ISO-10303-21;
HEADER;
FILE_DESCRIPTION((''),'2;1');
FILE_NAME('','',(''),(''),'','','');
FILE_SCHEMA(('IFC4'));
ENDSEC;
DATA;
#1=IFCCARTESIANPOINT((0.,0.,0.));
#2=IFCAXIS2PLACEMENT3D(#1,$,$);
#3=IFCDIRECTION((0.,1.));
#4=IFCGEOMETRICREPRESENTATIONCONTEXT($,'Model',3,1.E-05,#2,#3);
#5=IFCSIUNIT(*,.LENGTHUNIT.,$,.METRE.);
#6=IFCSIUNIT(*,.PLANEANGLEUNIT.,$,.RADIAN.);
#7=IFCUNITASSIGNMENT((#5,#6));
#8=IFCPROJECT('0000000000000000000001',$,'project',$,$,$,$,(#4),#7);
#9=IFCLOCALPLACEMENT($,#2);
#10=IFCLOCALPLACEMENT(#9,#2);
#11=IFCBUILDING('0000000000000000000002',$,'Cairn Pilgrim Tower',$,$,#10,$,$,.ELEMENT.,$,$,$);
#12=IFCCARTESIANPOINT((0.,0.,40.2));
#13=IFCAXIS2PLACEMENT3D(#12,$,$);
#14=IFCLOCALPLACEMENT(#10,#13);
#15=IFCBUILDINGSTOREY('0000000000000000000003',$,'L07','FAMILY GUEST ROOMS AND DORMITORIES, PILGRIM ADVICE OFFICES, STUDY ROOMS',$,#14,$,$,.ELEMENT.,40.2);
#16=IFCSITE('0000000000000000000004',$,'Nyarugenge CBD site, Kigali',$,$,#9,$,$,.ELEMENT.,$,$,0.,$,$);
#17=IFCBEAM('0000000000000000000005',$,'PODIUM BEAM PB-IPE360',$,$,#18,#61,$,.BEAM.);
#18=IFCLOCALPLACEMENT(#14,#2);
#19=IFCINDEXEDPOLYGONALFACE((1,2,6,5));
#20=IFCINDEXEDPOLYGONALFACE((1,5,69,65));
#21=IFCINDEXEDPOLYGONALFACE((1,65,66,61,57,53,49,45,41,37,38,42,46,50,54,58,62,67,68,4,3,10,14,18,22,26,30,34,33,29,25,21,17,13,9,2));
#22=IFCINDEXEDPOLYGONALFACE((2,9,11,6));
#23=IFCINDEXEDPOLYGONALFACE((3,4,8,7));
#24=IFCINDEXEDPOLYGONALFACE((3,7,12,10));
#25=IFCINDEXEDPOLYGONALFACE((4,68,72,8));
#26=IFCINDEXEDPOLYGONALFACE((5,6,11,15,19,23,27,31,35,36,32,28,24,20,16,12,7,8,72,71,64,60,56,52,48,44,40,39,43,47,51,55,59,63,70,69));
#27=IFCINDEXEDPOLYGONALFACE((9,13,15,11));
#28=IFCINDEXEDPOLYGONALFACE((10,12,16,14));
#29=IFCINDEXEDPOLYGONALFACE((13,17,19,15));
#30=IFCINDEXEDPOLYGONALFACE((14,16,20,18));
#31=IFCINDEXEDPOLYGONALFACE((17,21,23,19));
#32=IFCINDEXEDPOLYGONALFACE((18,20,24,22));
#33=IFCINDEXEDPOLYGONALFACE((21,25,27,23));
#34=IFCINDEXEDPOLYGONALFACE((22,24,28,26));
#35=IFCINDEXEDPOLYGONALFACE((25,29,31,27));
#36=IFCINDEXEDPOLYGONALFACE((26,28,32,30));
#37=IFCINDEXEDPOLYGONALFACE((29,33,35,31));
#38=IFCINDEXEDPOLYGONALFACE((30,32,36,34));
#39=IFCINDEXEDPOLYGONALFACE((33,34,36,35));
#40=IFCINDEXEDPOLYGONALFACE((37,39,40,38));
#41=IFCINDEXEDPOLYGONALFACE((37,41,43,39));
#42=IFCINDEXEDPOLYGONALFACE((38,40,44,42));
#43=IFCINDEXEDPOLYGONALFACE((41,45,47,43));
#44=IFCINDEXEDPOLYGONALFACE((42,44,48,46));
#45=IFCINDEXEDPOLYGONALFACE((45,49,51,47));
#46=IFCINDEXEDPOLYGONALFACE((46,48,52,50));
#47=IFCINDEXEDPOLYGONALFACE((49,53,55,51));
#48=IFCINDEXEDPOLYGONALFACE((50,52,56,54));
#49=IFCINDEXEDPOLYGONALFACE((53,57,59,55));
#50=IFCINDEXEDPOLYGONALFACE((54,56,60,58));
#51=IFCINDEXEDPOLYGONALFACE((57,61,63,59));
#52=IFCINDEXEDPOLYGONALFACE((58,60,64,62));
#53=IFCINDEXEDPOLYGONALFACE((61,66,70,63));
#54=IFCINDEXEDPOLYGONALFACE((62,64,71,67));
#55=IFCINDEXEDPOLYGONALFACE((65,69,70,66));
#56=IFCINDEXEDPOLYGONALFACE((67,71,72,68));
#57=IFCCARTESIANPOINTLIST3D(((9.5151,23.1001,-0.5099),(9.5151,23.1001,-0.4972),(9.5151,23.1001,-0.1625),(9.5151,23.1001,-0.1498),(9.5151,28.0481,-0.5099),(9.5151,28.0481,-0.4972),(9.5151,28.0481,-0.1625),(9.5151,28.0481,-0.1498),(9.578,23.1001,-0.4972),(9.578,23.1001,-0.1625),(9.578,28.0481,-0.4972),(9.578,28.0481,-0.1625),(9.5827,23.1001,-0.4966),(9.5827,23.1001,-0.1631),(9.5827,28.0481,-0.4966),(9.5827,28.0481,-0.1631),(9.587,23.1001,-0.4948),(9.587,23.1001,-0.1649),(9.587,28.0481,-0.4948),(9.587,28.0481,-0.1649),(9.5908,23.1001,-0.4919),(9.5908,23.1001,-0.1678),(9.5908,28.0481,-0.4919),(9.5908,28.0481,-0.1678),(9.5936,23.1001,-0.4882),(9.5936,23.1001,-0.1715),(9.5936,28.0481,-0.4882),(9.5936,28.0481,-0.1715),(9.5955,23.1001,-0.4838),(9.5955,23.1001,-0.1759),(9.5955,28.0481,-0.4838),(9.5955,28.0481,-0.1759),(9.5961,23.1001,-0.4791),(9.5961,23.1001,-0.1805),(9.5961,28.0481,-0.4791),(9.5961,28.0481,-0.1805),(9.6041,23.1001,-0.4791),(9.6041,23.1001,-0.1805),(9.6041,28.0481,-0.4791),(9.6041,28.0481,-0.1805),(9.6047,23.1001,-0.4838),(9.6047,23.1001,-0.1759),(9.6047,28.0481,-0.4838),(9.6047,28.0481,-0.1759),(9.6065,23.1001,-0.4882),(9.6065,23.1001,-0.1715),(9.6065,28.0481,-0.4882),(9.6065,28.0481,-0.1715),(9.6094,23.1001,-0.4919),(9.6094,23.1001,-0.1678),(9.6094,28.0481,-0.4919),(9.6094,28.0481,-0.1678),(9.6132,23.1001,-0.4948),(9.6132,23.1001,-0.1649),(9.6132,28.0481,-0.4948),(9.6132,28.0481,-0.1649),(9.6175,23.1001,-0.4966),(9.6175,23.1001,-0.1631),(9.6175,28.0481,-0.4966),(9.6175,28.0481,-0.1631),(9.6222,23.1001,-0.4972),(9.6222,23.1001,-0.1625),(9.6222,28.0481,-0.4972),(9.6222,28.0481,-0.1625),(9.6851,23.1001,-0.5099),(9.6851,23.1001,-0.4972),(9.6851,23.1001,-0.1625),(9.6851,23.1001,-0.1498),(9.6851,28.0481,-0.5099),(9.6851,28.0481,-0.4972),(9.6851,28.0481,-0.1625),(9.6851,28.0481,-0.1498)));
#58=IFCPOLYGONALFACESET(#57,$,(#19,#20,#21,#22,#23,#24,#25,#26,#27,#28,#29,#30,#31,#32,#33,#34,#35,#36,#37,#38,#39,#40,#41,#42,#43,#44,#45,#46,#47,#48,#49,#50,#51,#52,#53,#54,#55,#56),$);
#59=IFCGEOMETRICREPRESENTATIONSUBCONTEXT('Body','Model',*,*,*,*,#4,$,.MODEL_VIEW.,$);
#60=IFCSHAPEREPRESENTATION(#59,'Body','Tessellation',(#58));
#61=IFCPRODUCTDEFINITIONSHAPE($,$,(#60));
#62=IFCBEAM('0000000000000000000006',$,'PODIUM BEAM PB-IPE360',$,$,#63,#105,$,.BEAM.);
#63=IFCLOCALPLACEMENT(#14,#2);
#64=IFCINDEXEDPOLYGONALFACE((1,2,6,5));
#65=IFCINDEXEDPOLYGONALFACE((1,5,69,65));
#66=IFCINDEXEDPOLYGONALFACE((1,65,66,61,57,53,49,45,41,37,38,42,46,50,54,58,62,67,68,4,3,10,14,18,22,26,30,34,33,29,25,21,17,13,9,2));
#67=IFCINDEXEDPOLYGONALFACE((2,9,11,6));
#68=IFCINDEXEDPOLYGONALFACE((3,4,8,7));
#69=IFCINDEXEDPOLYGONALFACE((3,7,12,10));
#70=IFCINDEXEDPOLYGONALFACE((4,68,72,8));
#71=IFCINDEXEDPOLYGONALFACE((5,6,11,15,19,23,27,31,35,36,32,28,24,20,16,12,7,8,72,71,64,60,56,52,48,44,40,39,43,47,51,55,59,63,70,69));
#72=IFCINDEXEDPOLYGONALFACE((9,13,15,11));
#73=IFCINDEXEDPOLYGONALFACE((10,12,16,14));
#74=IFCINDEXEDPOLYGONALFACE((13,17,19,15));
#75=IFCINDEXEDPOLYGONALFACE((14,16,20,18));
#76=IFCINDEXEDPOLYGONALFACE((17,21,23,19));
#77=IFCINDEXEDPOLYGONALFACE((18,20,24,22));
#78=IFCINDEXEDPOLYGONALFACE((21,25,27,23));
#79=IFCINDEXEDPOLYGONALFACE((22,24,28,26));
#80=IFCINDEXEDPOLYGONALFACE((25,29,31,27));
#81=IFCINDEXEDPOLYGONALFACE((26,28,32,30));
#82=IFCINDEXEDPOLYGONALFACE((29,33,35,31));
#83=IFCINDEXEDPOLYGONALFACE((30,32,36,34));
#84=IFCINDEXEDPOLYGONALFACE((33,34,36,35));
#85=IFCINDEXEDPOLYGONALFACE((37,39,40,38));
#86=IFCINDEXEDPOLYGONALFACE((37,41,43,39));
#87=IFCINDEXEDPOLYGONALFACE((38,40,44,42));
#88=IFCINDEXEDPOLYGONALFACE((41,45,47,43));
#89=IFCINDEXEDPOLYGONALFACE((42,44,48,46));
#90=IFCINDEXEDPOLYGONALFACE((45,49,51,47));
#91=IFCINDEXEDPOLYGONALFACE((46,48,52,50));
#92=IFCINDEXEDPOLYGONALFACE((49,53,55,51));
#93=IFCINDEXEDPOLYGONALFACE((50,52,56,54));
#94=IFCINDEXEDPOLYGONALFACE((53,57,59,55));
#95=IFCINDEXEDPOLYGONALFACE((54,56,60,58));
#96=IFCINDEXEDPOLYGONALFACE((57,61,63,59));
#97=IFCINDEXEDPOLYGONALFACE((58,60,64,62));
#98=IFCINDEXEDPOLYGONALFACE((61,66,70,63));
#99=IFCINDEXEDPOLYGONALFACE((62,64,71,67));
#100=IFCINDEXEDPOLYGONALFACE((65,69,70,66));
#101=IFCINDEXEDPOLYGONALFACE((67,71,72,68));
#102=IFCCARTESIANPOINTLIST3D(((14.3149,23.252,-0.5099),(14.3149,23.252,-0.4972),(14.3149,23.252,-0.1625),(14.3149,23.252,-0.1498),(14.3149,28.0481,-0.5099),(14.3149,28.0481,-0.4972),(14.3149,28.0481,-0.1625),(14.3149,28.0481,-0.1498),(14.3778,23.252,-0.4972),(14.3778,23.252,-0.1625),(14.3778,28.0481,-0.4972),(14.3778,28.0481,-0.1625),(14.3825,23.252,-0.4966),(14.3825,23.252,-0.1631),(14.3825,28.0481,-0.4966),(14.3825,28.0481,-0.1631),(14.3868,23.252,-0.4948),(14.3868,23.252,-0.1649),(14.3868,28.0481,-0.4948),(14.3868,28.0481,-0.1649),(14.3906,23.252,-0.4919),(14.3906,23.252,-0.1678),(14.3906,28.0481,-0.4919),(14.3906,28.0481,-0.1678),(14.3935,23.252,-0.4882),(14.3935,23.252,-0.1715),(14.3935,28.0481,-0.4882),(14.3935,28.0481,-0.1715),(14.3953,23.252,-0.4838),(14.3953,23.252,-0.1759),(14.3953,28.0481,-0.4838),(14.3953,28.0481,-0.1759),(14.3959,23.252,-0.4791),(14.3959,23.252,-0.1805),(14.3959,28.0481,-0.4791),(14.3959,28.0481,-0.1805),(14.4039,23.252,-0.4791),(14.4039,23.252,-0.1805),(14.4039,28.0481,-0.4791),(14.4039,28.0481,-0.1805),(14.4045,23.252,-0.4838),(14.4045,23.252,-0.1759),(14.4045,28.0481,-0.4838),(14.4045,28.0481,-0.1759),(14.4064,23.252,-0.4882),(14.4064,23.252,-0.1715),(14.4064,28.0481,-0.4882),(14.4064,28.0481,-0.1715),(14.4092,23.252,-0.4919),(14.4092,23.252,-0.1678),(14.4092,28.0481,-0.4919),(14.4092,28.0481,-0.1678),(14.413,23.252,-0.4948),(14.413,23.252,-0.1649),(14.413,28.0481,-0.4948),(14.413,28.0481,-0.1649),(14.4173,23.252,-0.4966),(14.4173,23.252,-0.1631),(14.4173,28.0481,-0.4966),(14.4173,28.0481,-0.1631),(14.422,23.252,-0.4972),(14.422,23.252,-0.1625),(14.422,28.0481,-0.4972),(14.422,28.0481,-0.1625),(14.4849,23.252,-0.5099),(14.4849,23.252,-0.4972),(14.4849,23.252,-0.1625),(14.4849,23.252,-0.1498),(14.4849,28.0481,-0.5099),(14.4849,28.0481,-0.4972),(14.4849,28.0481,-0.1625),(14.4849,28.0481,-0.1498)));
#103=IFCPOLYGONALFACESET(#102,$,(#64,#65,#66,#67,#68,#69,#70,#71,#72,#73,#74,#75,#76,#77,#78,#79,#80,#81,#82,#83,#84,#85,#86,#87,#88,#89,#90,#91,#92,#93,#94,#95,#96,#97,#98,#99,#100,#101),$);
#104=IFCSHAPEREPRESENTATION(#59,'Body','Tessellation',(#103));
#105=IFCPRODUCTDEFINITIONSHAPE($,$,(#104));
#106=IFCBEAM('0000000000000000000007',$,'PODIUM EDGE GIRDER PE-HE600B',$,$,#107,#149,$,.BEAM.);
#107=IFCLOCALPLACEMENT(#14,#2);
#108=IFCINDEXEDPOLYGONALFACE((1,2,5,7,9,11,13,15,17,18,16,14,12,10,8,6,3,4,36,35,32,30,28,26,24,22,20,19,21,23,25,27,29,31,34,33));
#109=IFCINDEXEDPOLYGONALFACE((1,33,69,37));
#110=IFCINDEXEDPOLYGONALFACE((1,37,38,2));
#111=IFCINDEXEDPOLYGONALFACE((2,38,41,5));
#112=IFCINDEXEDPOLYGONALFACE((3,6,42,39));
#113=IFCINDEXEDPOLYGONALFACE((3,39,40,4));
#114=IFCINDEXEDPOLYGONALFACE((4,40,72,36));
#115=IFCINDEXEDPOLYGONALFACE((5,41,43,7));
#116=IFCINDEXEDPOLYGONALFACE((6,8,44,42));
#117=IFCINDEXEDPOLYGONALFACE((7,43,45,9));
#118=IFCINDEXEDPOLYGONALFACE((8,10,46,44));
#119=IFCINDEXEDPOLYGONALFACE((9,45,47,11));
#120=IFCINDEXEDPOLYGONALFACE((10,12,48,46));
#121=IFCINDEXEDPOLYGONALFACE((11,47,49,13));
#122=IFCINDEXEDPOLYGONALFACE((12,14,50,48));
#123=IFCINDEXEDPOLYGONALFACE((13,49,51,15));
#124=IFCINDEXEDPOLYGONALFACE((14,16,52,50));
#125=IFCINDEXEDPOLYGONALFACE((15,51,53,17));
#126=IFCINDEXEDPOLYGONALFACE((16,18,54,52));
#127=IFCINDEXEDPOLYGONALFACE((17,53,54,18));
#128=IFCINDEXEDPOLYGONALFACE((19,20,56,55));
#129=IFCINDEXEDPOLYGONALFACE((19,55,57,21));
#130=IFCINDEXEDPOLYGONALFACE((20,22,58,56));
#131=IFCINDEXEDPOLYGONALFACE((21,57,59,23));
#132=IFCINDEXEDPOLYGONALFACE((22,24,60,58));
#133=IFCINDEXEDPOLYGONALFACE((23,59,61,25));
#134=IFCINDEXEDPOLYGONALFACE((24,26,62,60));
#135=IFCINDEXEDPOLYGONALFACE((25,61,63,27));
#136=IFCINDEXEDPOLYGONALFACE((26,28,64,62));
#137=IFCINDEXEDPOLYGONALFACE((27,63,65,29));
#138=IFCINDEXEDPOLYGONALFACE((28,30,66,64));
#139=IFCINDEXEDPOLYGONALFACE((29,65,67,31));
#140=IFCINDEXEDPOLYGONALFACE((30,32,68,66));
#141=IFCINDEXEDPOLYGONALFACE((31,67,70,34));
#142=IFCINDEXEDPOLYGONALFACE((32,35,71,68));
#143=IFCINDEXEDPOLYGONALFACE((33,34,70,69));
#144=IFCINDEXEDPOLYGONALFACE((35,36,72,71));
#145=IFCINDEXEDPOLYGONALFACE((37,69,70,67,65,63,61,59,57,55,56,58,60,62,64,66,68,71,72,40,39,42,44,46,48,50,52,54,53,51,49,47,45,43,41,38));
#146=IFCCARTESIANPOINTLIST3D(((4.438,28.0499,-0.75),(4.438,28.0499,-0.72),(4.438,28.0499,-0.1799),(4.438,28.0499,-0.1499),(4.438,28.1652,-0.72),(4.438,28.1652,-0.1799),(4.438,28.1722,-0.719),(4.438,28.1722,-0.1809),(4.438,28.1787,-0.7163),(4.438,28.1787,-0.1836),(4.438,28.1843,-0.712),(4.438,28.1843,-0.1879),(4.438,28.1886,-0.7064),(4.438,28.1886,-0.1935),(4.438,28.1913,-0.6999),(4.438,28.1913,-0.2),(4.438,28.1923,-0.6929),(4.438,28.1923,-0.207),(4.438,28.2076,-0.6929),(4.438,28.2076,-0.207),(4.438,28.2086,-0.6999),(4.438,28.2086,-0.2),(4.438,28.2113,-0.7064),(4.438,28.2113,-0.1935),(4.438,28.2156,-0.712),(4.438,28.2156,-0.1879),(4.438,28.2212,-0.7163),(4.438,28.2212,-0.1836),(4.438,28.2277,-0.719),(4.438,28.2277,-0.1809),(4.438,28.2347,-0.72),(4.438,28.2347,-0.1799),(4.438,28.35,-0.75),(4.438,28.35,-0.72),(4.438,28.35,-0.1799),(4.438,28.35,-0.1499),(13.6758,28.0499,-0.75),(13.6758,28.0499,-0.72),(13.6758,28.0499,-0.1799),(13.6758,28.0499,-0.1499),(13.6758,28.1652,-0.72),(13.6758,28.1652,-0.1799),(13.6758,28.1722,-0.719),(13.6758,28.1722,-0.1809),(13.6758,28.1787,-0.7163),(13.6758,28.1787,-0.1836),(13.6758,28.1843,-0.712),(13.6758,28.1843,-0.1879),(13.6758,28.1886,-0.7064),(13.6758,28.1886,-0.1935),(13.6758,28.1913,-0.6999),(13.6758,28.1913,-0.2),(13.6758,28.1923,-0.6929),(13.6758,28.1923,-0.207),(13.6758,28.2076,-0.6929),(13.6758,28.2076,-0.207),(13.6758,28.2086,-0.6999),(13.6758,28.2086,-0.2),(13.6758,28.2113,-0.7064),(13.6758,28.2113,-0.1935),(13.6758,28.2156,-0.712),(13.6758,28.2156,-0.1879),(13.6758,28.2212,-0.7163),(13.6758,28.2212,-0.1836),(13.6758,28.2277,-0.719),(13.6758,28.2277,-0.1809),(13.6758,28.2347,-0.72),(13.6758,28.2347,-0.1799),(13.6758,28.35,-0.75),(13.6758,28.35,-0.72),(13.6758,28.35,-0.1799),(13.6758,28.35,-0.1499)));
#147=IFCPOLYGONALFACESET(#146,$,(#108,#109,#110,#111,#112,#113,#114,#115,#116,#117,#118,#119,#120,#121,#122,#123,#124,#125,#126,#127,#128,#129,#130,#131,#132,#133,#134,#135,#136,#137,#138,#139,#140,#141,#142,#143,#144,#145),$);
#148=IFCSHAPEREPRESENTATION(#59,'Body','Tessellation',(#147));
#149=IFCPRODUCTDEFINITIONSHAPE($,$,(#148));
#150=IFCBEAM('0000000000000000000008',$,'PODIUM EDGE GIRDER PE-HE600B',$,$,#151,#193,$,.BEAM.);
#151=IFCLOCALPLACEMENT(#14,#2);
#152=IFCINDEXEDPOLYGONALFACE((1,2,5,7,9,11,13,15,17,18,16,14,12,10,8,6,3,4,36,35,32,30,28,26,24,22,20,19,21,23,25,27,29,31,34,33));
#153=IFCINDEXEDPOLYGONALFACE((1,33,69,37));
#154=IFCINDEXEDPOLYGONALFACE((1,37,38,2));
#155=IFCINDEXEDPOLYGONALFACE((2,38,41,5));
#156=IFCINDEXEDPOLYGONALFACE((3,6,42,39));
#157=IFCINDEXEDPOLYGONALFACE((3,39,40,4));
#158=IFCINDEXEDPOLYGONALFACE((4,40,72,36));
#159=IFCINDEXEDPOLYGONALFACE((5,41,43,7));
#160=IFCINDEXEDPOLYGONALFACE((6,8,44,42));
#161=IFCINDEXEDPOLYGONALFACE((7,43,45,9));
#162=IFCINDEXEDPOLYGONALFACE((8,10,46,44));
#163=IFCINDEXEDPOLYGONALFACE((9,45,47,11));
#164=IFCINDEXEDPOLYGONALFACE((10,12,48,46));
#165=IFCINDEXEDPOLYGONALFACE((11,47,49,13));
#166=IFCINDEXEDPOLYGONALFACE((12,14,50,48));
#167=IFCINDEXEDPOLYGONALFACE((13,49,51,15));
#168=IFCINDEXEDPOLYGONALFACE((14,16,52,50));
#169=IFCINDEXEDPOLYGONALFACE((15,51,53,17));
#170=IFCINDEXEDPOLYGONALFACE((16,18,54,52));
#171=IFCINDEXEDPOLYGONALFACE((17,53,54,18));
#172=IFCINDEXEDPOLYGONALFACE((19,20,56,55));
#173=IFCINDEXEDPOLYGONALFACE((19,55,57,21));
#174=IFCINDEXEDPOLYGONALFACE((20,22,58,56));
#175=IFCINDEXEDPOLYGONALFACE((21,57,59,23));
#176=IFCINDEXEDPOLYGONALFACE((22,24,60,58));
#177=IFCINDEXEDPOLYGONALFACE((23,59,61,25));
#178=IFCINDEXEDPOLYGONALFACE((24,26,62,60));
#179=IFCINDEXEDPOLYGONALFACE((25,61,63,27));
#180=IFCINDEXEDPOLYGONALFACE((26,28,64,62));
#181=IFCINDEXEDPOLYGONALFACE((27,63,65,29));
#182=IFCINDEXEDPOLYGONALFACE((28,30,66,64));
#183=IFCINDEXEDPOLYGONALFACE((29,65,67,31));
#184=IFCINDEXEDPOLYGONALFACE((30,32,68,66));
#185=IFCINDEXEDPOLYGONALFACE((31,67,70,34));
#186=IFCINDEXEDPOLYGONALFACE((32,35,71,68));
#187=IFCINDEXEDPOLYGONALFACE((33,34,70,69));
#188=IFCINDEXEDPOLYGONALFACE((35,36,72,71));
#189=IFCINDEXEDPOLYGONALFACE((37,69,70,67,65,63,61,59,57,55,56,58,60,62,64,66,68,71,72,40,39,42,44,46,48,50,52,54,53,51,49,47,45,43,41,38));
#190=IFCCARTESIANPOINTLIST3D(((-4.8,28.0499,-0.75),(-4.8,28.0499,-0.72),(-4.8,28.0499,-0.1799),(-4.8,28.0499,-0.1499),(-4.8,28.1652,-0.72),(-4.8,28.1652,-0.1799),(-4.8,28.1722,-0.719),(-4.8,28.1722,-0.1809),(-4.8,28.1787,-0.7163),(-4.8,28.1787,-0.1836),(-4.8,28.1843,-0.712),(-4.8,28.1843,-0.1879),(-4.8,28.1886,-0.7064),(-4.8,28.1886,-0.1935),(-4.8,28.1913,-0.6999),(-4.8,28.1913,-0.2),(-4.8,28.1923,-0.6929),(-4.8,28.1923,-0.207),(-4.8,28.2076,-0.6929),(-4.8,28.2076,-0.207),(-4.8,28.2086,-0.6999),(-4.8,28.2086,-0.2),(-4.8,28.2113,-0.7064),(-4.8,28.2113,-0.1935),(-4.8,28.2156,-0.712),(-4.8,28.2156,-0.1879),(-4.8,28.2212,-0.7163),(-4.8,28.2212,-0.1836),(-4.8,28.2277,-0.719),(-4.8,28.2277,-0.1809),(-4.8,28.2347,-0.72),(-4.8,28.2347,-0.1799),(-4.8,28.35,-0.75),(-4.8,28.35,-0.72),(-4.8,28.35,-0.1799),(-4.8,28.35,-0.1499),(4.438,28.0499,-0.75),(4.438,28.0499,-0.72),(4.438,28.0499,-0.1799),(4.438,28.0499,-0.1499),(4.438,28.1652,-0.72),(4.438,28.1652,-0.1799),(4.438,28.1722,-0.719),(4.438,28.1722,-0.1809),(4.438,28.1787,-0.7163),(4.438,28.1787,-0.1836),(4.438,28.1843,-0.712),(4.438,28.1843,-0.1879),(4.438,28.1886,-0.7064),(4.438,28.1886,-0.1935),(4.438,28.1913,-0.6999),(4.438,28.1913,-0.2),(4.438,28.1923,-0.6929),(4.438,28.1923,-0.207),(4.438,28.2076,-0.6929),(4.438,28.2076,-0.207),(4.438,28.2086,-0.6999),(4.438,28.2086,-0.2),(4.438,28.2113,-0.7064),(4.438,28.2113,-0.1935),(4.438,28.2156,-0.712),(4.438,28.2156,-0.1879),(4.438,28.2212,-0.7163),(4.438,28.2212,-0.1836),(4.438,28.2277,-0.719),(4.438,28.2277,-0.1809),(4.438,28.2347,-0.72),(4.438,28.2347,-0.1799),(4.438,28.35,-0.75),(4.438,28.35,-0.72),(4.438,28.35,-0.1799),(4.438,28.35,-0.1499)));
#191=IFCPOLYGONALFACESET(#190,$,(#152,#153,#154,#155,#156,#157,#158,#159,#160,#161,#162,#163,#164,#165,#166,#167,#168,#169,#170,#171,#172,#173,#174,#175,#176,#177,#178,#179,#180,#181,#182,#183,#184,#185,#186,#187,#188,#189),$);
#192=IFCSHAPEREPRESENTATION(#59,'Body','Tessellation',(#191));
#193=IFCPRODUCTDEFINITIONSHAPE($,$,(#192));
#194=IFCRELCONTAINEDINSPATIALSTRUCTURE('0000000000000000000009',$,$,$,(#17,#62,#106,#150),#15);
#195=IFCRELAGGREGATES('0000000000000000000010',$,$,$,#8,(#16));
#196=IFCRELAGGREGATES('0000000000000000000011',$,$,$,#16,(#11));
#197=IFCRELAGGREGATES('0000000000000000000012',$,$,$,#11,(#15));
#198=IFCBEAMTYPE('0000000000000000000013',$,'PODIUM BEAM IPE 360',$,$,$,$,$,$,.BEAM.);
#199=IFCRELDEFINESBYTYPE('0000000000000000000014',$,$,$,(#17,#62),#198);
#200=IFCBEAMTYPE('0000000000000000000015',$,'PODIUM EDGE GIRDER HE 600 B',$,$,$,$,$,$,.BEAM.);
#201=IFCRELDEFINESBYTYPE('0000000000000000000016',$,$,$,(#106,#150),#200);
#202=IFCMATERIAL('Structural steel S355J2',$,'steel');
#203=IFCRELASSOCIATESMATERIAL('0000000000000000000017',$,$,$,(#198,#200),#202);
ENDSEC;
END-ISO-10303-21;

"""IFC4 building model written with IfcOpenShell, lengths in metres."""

from ifc_helpers import new_model, si_unit, direction, frame, origin, origin_2d, place, context, subcontext, project, spatial, i_section, extrude, material, material_profile, profile_set, type_object, element, save


model = new_model("IFC4")

# Units and contexts
model_context = context("Model", 3, precision=1e-05, world=origin(), true_north=direction((0.0, 1.0)))
body_context = subcontext(model_context, "Body", "Model", "MODEL_VIEW")
ifc_project = project(units=[si_unit("LENGTHUNIT", "METRE"), si_unit("PLANEANGLEUNIT", "RADIAN")], contexts=[model_context])

# Site, building, storey
site_placement = place(None, origin())
site = spatial("IfcSite", under=ifc_project, at=site_placement, Name="Nyarugenge CBD site, Kigali", CompositionType="ELEMENT", RefElevation=0.0)
building_placement = place(site_placement, origin())
building = spatial("IfcBuilding", under=site, at=building_placement, Name="Cairn Pilgrim Tower", CompositionType="ELEMENT")
storey_placement = place(building_placement, frame((0.0, 0.0, 40.2)))
storey = spatial("IfcBuildingStorey", under=building, at=storey_placement, Name="L07", Description="FAMILY GUEST ROOMS AND DORMITORIES, PILGRIM ADVICE OFFICES, STUDY ROOMS", CompositionType="ELEMENT", Elevation=40.2)

# Beams
ifc_material_1 = material(Name="Structural steel S355J2", Category="steel")
ifc_material_profile_1 = material_profile(ifc_material_1, i_section(OverallWidth=0.1699, OverallDepth=0.3601, WebThickness=0.0081, FlangeThickness=0.0127, FilletRadius=0.0181, at=origin_2d()), Name="IPE 360")
ifc_profile_set_1 = profile_set([ifc_material_profile_1], Name="Structural steel S355J2")
beam_type_1 = type_object("IfcBeamType", Name="PODIUM BEAM IPE 360", PredefinedType="BEAM", material=ifc_profile_set_1)
beam_1_placement = place(storey_placement, frame((9.6001, 23.1001, -0.3298), z_axis=(0.0, 1.0, 0.0), x_axis=(-1.0, 0.0, 0.0)))
element("IfcBeam", 1, at=beam_1_placement, inside=storey, type_object=beam_type_1, Name="PODIUM BEAM PB-IPE360", PredefinedType="BEAM", context=body_context, shape_type="SweptSolid", body=[
    extrude(i_section(OverallWidth=0.1699, OverallDepth=0.3601, WebThickness=0.0081, FlangeThickness=0.0127, FilletRadius=0.0181, at=origin_2d()), origin(), (0.0, 0.0, 1.0), 4.948),
])
beam_2_placement = place(storey_placement, frame((14.3999, 23.252, -0.3298), z_axis=(0.0, 1.0, 0.0), x_axis=(-1.0, 0.0, 0.0)))
element("IfcBeam", 2, at=beam_2_placement, inside=storey, type_object=beam_type_1, Name="PODIUM BEAM PB-IPE360", PredefinedType="BEAM", context=body_context, shape_type="SweptSolid", body=[
    extrude(i_section(OverallWidth=0.1699, OverallDepth=0.3601, WebThickness=0.0081, FlangeThickness=0.0127, FilletRadius=0.0181, at=origin_2d()), origin(), (0.0, 0.0, 1.0), 4.7961),
])
ifc_material_profile_2 = material_profile(ifc_material_1, i_section(OverallWidth=0.3, OverallDepth=0.6001, WebThickness=0.0154, FlangeThickness=0.03, FilletRadius=0.0271, at=origin_2d()), Name="HEB 600")
ifc_profile_set_2 = profile_set([ifc_material_profile_2], Name="Structural steel S355J2")
beam_type_2 = type_object("IfcBeamType", Name="PODIUM EDGE GIRDER HE 600 B", PredefinedType="BEAM", material=ifc_profile_set_2)
beam_3_placement = place(storey_placement, frame((13.6758, 28.2, -0.45), z_axis=(-1.0, 0.0, 0.0), x_axis=(0.0, -1.0, 0.0)))
element("IfcBeam", 3, at=beam_3_placement, inside=storey, type_object=beam_type_2, Name="PODIUM EDGE GIRDER PE-HE600B", PredefinedType="BEAM", context=body_context, shape_type="SweptSolid", body=[
    extrude(i_section(OverallWidth=0.3, OverallDepth=0.6001, WebThickness=0.0154, FlangeThickness=0.03, FilletRadius=0.0271, at=origin_2d()), origin(), (0.0, 0.0, 1.0), 9.2378),
])
beam_4_placement = place(storey_placement, frame((4.438, 28.2, -0.45), z_axis=(-1.0, 0.0, 0.0), x_axis=(0.0, -1.0, 0.0)))
element("IfcBeam", 4, at=beam_4_placement, inside=storey, type_object=beam_type_2, Name="PODIUM EDGE GIRDER PE-HE600B", PredefinedType="BEAM", context=body_context, shape_type="SweptSolid", body=[
    extrude(i_section(OverallWidth=0.3, OverallDepth=0.6001, WebThickness=0.0154, FlangeThickness=0.03, FilletRadius=0.0271, at=origin_2d()), origin(), (0.0, 0.0, 1.0), 9.238),
])

save(model, "model.ifc")
